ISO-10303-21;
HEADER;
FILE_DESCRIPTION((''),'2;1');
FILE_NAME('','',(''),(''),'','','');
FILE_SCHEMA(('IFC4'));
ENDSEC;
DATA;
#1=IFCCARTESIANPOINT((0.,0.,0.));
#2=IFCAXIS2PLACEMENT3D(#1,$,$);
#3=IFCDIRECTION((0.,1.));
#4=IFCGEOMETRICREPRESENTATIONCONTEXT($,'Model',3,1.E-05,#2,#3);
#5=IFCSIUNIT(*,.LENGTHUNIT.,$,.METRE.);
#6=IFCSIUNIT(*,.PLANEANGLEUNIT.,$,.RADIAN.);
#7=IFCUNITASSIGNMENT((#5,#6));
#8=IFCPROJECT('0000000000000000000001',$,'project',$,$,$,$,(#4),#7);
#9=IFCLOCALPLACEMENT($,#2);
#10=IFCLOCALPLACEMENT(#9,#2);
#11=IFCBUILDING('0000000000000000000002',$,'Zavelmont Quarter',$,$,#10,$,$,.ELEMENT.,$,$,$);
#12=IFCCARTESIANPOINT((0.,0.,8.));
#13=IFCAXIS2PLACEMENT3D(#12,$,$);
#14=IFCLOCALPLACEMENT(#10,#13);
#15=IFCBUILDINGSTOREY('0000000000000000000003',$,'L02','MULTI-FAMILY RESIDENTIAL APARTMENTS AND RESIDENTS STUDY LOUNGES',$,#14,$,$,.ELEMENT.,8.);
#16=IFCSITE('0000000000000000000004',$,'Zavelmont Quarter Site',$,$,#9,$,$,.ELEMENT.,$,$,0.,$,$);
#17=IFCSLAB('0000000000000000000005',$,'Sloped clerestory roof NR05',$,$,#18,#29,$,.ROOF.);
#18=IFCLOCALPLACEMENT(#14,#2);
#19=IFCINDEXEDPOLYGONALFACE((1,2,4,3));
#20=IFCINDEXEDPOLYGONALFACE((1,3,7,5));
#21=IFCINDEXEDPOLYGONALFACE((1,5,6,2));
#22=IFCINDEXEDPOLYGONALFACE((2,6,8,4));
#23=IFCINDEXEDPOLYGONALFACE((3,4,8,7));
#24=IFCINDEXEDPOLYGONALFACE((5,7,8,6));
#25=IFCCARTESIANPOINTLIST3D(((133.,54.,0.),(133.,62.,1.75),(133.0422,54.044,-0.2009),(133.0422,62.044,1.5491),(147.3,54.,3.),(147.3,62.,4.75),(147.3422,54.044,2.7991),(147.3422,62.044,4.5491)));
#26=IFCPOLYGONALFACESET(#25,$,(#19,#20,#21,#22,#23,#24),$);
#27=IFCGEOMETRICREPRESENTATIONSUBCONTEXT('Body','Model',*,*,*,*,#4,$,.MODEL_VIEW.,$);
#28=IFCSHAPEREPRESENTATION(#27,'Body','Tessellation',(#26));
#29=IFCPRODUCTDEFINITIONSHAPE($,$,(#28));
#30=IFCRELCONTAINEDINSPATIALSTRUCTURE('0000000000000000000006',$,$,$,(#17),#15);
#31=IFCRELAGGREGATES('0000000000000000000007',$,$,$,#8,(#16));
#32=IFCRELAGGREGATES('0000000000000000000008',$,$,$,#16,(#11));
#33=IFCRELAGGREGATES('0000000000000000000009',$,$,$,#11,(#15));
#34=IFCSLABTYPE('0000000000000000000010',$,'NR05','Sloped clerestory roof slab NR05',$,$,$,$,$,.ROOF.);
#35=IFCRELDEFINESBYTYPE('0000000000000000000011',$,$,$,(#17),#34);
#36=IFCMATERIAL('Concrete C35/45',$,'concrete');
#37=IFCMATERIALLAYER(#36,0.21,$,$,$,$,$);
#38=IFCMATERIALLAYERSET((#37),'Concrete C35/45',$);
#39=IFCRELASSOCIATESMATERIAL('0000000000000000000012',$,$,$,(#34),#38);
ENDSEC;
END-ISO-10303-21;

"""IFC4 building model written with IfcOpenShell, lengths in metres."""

from ifc_helpers import new_model, si_unit, direction, frame, origin, place, context, subcontext, project, spatial, polyline, outline, extrude, material, layer, layer_set, type_object, element, save


model = new_model("IFC4")

# Units and contexts
model_context = context("Model", 3, precision=1e-05, world=origin(), true_north=direction((0.0, 1.0)))
body_context = subcontext(model_context, "Body", "Model", "MODEL_VIEW")
ifc_project = project(units=[si_unit("LENGTHUNIT", "METRE"), si_unit("PLANEANGLEUNIT", "RADIAN")], contexts=[model_context])

# Site, building, storey
site_placement = place(None, origin())
site = spatial("IfcSite", under=ifc_project, at=site_placement, Name="Zavelmont Quarter Site", CompositionType="ELEMENT", RefElevation=0.0)
building_placement = place(site_placement, origin())
building = spatial("IfcBuilding", under=site, at=building_placement, Name="Zavelmont Quarter", CompositionType="ELEMENT")
storey_placement = place(building_placement, frame((0.0, 0.0, 8.0)))
storey = spatial("IfcBuildingStorey", under=building, at=storey_placement, Name="L02", Description="MULTI-FAMILY RESIDENTIAL APARTMENTS AND RESIDENTS STUDY LOUNGES", CompositionType="ELEMENT", Elevation=8.0)

# Slab
ifc_material_1 = material(Name="Concrete C35/45", Category="concrete")
ifc_layer_1 = layer(ifc_material_1, 0.21)
ifc_layer_set_1 = layer_set([ifc_layer_1], Name="Concrete C35/45")
slab_type_1 = type_object("IfcSlabType", Name="NR05", Description="Sloped clerestory roof slab NR05", PredefinedType="ROOF", material=ifc_layer_set_1)
slab_1_placement = place(storey_placement, frame((133.0, 54.0, 0.0), z_axis=(-0.20077, -0.209346, 0.957009), x_axis=(0.978695, 0.0, 0.20532)))
element("IfcSlab", 1, at=slab_1_placement, inside=storey, type_object=slab_type_1, Name="Sloped clerestory roof NR05", PredefinedType="ROOF", context=body_context, shape_type="SweptSolid", body=[
    extrude(outline(polyline([(0.0, 0.0), (14.6113, 0.0), (14.9707, 8.1813), (0.3593, 8.1813), (0.0, 0.0)])), origin(), (0.0, 0.0, -1.0), 0.21),
])

save(model, "model.ifc")
